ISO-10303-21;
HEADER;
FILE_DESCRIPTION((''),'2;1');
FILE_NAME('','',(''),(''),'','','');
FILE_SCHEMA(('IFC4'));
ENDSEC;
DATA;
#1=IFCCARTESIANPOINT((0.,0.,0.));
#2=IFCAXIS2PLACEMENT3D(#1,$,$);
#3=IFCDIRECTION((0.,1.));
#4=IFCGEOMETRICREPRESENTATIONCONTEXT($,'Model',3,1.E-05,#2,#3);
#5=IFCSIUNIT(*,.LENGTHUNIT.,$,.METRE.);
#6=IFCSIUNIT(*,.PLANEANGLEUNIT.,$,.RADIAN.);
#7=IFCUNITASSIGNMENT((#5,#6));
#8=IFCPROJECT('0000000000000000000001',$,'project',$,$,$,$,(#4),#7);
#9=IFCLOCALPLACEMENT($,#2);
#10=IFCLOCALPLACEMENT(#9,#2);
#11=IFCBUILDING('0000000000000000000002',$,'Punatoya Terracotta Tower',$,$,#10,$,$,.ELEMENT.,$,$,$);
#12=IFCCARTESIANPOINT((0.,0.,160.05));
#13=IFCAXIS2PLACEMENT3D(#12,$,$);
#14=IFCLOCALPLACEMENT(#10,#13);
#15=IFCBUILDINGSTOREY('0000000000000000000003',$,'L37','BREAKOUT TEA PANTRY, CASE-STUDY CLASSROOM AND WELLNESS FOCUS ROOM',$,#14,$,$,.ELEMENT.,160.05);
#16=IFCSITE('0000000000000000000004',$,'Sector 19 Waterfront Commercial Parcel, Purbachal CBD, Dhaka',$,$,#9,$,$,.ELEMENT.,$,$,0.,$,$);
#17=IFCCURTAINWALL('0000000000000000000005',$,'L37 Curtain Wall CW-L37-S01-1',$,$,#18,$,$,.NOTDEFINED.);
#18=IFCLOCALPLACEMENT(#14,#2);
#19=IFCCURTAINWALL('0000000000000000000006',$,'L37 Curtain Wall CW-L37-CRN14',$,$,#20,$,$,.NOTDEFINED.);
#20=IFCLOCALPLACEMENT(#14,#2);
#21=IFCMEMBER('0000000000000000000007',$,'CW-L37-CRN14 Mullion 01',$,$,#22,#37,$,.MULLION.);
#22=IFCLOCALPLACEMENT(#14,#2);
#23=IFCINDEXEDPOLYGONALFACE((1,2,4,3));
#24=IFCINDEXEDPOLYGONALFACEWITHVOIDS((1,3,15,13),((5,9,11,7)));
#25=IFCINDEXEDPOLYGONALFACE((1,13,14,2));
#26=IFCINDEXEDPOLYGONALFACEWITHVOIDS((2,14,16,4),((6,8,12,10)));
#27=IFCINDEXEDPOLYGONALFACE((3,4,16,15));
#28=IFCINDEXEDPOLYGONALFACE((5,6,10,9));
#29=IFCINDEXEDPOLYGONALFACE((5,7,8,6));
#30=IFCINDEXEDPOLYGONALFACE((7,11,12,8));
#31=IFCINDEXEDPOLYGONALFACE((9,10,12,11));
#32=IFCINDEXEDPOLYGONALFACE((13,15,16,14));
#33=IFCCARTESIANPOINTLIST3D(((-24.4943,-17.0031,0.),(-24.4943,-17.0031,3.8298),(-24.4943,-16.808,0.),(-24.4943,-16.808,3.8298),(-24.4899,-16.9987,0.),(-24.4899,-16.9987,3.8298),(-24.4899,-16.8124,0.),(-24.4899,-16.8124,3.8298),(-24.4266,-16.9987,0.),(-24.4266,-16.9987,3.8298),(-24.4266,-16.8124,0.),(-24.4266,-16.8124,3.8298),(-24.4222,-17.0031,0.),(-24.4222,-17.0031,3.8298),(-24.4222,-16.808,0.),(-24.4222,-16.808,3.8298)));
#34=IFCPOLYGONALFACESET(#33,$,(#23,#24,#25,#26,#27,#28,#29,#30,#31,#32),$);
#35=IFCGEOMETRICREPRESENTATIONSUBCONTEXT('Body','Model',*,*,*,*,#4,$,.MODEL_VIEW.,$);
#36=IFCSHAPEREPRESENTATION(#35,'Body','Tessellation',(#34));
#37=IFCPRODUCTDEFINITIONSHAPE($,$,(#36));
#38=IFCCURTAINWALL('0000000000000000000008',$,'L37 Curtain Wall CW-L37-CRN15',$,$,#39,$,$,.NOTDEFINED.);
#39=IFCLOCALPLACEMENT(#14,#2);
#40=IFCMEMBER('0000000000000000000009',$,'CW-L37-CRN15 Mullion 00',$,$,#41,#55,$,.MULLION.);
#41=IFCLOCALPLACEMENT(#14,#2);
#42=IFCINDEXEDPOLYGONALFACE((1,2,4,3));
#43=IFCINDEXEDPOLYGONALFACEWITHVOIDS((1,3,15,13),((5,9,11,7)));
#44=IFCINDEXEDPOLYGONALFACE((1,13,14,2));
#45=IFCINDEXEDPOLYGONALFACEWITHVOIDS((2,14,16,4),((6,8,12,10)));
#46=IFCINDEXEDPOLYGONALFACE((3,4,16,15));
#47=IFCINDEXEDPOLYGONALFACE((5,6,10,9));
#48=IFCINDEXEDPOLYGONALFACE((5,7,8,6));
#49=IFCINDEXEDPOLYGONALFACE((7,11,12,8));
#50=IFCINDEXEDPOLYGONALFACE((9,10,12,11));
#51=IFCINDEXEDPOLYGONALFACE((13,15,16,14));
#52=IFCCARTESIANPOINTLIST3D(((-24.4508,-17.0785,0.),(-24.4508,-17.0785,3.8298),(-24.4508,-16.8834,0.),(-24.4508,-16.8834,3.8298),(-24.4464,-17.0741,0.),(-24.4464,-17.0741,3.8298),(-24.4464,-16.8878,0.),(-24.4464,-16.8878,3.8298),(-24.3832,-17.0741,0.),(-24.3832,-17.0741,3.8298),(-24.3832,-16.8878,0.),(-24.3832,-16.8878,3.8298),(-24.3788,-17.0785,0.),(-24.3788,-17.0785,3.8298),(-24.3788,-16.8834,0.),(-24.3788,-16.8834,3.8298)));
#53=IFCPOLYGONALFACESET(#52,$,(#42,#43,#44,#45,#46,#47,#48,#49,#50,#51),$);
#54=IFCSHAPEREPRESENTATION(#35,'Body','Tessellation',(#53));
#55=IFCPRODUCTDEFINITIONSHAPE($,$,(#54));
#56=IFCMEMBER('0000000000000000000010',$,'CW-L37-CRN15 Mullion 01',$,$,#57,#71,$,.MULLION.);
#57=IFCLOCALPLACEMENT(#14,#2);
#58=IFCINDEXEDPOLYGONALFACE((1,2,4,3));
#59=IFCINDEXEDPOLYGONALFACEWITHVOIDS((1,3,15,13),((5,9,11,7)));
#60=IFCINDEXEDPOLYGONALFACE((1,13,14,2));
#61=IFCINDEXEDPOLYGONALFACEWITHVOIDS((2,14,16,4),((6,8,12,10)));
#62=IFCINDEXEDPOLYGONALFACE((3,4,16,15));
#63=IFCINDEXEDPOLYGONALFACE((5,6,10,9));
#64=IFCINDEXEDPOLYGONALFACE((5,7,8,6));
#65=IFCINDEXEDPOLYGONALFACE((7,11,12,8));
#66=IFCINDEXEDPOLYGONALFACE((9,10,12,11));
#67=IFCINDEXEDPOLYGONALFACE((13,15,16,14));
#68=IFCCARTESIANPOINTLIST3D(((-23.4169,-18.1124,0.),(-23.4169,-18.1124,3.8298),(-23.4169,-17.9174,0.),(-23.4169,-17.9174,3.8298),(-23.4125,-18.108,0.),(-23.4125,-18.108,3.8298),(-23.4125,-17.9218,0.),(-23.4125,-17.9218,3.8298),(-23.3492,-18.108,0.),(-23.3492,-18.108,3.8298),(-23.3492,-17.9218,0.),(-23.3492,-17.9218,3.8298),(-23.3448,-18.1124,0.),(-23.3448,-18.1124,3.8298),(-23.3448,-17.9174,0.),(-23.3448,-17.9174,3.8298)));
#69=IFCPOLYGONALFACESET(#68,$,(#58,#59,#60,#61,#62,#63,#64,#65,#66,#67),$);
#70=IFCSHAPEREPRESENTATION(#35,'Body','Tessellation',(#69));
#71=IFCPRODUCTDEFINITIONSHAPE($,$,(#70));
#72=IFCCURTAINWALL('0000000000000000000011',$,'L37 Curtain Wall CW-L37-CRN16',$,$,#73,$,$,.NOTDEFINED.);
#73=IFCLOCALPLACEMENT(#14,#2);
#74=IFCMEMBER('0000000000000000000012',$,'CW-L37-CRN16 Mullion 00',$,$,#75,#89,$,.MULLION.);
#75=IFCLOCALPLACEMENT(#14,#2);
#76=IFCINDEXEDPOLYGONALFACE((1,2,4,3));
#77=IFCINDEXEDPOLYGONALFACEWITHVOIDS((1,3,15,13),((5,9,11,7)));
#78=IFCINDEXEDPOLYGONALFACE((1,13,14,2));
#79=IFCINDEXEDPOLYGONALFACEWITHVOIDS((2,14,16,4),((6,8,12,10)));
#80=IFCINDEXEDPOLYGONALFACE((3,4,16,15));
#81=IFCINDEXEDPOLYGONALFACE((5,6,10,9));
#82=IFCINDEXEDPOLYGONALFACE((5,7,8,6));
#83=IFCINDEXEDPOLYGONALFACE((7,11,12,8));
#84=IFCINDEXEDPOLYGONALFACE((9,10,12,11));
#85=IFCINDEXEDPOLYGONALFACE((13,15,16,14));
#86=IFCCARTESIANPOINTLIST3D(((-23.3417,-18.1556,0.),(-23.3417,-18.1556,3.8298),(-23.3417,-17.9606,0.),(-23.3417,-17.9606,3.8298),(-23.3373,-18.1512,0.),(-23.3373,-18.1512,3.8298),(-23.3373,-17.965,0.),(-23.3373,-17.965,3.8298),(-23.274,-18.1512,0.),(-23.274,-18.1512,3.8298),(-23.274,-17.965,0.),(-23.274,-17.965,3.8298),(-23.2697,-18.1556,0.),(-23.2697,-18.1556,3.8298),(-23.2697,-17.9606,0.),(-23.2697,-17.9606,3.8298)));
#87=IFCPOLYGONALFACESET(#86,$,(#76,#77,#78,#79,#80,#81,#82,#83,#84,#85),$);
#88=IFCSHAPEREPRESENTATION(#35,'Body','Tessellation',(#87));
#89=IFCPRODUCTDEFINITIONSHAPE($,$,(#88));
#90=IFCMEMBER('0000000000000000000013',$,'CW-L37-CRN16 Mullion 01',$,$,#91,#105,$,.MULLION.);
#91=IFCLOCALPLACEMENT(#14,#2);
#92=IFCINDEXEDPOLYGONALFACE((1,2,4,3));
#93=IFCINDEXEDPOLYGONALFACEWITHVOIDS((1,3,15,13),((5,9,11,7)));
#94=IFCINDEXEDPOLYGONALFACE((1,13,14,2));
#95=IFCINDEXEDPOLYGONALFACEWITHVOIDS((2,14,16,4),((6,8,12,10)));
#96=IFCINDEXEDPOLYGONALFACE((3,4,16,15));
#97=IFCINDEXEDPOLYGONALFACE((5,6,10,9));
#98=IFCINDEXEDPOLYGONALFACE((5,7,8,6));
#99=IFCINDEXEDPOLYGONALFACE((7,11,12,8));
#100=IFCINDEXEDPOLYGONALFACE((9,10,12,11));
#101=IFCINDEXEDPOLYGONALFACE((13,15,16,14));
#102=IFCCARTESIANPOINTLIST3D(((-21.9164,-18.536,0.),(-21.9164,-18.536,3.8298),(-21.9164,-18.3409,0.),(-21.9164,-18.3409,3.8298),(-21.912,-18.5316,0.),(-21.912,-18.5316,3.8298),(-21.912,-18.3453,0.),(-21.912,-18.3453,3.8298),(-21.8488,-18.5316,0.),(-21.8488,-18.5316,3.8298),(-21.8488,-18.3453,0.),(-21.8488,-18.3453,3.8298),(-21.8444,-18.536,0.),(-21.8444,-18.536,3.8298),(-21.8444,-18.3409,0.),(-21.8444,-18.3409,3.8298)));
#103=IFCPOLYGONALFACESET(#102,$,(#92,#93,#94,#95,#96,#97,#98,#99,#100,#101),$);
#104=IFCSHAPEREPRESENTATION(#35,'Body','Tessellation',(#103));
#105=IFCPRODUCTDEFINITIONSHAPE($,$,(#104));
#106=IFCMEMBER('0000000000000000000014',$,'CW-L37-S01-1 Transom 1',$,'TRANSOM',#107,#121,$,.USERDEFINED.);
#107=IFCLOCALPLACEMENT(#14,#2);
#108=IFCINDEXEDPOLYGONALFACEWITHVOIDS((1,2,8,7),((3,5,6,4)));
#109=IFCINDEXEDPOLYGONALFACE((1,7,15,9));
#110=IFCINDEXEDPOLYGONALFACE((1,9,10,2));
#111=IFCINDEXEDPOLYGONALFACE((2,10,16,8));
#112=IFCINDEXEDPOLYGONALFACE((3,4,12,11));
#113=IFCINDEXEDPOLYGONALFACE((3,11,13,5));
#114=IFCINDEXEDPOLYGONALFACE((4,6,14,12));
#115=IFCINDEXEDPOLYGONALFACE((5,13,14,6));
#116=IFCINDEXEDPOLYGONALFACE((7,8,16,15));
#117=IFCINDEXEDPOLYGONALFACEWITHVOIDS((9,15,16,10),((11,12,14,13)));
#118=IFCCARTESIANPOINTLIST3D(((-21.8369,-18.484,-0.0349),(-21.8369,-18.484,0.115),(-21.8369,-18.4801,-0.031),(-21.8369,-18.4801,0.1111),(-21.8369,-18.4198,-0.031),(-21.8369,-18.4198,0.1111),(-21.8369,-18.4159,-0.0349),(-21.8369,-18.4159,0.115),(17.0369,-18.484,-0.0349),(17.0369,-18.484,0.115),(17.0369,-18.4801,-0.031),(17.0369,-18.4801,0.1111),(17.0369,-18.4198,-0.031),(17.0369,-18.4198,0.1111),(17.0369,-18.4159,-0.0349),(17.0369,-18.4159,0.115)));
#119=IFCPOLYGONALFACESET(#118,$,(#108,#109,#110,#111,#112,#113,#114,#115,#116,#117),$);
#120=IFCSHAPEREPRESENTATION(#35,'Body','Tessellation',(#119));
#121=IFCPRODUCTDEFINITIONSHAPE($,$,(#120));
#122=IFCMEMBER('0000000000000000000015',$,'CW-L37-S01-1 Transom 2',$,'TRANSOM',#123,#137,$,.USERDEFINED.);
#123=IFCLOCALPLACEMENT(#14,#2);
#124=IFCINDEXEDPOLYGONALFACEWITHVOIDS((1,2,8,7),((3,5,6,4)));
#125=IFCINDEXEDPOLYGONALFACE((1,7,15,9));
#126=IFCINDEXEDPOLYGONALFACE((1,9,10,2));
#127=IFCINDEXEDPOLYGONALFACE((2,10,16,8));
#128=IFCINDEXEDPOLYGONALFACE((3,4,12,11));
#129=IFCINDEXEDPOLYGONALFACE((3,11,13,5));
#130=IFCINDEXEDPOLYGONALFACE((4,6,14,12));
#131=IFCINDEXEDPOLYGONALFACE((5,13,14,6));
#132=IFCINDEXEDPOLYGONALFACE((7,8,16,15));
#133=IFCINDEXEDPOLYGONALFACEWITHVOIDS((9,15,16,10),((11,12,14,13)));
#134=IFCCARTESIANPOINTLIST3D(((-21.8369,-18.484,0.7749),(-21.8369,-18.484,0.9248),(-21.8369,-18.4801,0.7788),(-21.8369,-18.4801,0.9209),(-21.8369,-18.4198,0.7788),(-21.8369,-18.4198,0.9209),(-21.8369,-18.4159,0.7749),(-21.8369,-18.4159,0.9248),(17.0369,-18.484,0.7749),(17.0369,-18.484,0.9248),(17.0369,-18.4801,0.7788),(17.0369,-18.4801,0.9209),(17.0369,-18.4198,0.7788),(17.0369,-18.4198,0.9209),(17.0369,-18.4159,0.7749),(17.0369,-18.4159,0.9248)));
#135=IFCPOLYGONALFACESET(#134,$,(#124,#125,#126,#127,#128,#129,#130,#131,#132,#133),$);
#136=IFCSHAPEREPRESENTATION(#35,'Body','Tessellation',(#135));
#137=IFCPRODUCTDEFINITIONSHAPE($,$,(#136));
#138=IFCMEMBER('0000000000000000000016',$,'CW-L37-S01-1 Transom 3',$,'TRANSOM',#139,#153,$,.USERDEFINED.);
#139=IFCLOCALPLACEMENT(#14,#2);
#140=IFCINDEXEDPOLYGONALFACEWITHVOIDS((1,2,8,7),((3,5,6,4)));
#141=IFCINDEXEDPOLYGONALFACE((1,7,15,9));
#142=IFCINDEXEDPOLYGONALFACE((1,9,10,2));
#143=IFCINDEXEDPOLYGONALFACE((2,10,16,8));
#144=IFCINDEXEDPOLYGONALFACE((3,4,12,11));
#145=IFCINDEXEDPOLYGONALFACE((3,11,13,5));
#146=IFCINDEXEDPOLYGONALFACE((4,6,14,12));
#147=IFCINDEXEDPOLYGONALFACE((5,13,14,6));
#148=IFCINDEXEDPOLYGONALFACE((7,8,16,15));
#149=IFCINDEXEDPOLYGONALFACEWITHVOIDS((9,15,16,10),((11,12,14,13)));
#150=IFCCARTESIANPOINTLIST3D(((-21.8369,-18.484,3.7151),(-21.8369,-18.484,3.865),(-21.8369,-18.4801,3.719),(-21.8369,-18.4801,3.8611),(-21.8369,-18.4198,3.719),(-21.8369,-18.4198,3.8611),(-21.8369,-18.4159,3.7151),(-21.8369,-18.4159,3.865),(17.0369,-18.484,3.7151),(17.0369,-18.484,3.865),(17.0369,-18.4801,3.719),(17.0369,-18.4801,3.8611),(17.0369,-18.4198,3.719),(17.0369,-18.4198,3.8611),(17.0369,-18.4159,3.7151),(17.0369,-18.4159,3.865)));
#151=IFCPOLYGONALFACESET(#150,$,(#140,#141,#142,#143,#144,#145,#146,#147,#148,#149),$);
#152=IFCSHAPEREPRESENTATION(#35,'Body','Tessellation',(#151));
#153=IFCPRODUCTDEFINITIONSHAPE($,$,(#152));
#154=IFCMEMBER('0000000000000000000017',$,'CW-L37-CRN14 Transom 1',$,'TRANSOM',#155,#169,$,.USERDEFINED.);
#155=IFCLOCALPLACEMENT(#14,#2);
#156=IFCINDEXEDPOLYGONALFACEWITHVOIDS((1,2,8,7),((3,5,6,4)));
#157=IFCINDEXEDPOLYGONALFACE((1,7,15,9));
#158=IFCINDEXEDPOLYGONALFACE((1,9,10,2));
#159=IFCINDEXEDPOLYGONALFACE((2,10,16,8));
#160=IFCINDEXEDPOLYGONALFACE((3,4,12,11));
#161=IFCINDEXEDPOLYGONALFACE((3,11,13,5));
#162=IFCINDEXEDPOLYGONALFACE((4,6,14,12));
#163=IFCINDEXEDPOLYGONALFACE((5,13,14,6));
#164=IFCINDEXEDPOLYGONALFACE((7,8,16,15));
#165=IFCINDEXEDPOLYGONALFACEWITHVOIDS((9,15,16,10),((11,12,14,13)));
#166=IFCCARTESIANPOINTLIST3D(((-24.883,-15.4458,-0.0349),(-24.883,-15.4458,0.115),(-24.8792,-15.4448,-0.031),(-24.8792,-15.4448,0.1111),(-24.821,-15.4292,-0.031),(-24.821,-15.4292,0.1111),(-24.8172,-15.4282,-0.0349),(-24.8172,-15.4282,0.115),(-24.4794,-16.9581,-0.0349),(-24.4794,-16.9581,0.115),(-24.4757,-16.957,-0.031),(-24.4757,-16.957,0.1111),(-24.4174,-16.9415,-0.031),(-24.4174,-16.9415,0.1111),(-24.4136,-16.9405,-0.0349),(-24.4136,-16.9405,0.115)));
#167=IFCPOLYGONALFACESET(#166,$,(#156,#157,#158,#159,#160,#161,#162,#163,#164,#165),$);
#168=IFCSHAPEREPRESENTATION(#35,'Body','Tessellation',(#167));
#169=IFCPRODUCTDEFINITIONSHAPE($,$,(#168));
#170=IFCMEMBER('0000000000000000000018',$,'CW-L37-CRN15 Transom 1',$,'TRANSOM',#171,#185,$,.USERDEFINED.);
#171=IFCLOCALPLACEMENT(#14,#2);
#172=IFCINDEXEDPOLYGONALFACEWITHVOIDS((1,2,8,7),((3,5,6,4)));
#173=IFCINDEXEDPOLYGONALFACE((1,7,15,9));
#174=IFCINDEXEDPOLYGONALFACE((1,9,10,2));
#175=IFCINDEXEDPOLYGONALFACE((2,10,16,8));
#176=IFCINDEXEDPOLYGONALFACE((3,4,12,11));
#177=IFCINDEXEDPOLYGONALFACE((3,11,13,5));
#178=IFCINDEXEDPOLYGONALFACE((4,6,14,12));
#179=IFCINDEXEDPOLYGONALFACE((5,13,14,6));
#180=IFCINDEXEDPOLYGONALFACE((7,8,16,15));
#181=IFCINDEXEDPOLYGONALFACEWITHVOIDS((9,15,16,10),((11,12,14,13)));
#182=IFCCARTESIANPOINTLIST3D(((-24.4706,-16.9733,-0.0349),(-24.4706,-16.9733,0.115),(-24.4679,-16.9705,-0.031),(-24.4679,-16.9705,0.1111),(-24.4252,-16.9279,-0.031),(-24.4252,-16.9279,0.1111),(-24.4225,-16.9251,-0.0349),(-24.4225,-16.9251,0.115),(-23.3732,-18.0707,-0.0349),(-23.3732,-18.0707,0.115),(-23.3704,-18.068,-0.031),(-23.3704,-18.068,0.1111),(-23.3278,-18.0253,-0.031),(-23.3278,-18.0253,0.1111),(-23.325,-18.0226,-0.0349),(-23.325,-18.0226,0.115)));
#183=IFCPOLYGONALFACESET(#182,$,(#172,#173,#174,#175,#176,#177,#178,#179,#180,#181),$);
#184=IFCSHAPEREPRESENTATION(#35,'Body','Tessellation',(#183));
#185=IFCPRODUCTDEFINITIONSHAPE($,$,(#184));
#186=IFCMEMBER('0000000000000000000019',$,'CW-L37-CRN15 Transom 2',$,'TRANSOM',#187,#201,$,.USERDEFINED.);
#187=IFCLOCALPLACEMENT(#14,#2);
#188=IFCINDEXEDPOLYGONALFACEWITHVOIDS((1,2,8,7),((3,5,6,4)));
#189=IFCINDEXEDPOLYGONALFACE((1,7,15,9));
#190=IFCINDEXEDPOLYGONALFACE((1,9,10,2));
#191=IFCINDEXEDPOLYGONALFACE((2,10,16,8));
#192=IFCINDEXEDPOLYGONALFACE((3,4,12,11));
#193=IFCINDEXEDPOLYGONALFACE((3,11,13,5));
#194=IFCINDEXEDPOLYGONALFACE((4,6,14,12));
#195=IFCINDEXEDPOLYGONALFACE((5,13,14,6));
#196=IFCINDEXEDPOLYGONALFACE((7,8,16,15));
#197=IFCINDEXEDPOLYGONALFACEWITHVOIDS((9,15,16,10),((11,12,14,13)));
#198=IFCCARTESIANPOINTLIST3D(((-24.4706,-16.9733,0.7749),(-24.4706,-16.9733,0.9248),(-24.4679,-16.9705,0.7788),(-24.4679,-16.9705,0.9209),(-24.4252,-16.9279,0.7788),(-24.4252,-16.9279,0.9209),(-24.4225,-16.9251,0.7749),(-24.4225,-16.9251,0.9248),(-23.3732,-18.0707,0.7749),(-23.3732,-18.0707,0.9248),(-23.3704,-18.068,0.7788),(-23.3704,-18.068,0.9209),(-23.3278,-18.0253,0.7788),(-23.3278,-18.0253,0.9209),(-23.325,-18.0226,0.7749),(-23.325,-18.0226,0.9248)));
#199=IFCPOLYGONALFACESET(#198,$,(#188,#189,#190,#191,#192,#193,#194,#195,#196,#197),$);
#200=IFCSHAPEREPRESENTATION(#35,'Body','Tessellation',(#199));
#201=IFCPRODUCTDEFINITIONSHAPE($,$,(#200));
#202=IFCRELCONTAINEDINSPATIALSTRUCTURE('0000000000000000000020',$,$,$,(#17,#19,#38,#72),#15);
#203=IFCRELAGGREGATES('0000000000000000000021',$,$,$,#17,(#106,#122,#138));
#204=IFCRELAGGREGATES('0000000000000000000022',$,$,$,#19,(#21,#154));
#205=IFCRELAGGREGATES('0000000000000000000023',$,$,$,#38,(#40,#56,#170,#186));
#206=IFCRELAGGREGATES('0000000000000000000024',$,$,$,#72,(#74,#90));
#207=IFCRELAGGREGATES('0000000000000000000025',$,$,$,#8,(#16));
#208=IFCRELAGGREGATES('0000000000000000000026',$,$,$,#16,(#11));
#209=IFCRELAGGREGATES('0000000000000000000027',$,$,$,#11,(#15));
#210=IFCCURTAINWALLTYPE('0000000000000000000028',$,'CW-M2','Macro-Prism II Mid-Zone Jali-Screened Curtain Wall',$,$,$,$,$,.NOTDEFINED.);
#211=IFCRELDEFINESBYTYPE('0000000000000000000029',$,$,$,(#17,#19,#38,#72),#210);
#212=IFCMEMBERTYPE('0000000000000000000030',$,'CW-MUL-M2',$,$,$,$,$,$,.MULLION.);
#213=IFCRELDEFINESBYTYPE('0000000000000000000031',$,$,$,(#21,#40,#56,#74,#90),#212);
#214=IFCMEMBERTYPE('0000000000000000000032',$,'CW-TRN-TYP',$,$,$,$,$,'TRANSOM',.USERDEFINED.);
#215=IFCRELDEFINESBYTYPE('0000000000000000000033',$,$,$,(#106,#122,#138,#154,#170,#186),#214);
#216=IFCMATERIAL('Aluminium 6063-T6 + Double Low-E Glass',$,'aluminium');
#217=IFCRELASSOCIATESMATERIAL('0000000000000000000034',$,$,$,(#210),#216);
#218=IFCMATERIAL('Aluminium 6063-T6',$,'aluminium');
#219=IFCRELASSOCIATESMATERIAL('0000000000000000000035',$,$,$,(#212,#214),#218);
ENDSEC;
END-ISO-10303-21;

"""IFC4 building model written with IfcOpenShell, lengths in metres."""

from ifc_helpers import new_model, si_unit, direction, frame, origin, origin_2d, place, context, subcontext, project, spatial, hollow_rectangle, extrude, material, material_profile, profile_set, type_object, element, aggregate, save


model = new_model("IFC4")

# Units and contexts
model_context = context("Model", 3, precision=1e-05, world=origin(), true_north=direction((0.0, 1.0)))
body_context = subcontext(model_context, "Body", "Model", "MODEL_VIEW")
ifc_project = project(units=[si_unit("LENGTHUNIT", "METRE"), si_unit("PLANEANGLEUNIT", "RADIAN")], contexts=[model_context])

# Site, building, storey
site_placement = place(None, origin())
site = spatial("IfcSite", under=ifc_project, at=site_placement, Name="Sector 19 Waterfront Commercial Parcel, Purbachal CBD, Dhaka", CompositionType="ELEMENT", RefElevation=0.0)
building_placement = place(site_placement, origin())
building = spatial("IfcBuilding", under=site, at=building_placement, Name="Punatoya Terracotta Tower", CompositionType="ELEMENT")
storey_placement = place(building_placement, frame((0.0, 0.0, 160.05)))
storey = spatial("IfcBuildingStorey", under=building, at=storey_placement, Name="L37", Description="BREAKOUT TEA PANTRY, CASE-STUDY CLASSROOM AND WELLNESS FOCUS ROOM", CompositionType="ELEMENT", Elevation=160.05)

# Curtain wall
ifc_material_1 = material(Name="Aluminium 6063-T6 + Double Low-E Glass", Category="aluminium")
curtain_wall_type = type_object("IfcCurtainWallType", Name="CW-M2", Description="Macro-Prism II Mid-Zone Jali-Screened Curtain Wall", PredefinedType="NOTDEFINED", material=ifc_material_1)
curtain_wall_1_placement = place(storey_placement, origin())
curtain_wall_1 = element("IfcCurtainWall", 1, at=curtain_wall_1_placement, inside=storey, type_object=curtain_wall_type, Name="L37 Curtain Wall CW-L37-S01-1", PredefinedType="NOTDEFINED")
ifc_material_2 = material(Name="Aluminium 6063-T6", Category="aluminium")
ifc_material_profile_1 = material_profile(ifc_material_2, hollow_rectangle(XDim=0.072, YDim=0.1951, WallThickness=0.0044, at=origin_2d()))
ifc_profile_set_1 = profile_set([ifc_material_profile_1], Name="Aluminium 6063-T6")
member_type_1 = type_object("IfcMemberType", Name="CW-MUL-M2", PredefinedType="MULLION", material=ifc_profile_set_1)

# Curtain walls, members
curtain_wall_2_placement = place(storey_placement, origin())
curtain_wall_2 = element("IfcCurtainWall", 2, at=curtain_wall_2_placement, inside=storey, type_object=curtain_wall_type, Name="L37 Curtain Wall CW-L37-CRN14", PredefinedType="NOTDEFINED")
member_1_placement = place(storey_placement, frame((-24.4583, -16.9055, 0.0), z_axis=(0.0, 0.0, 1.0), x_axis=(1.0, 0.0, 0.0)))
member_1 = element("IfcMember", 3, at=member_1_placement, type_object=member_type_1, Name="CW-L37-CRN14 Mullion 01", PredefinedType="MULLION", context=body_context, shape_type="SweptSolid", body=[
    extrude(hollow_rectangle(XDim=0.072, YDim=0.1951, WallThickness=0.0044, at=origin_2d()), origin(), (0.0, 0.0, 1.0), 3.8298),
])
curtain_wall_3_placement = place(storey_placement, origin())
curtain_wall_3 = element("IfcCurtainWall", 4, at=curtain_wall_3_placement, inside=storey, type_object=curtain_wall_type, Name="L37 Curtain Wall CW-L37-CRN15", PredefinedType="NOTDEFINED")
member_2_placement = place(storey_placement, frame((-24.4148, -16.981, 0.0), z_axis=(0.0, 0.0, 1.0), x_axis=(1.0, 0.0, 0.0)))
member_2 = element("IfcMember", 5, at=member_2_placement, type_object=member_type_1, Name="CW-L37-CRN15 Mullion 00", PredefinedType="MULLION", context=body_context, shape_type="SweptSolid", body=[
    extrude(hollow_rectangle(XDim=0.072, YDim=0.1951, WallThickness=0.0044, at=origin_2d()), origin(), (0.0, 0.0, 1.0), 3.8298),
])
member_3_placement = place(storey_placement, frame((-23.3809, -18.0149, 0.0), z_axis=(0.0, 0.0, 1.0), x_axis=(1.0, 0.0, 0.0)))
member_3 = element("IfcMember", 6, at=member_3_placement, type_object=member_type_1, Name="CW-L37-CRN15 Mullion 01", PredefinedType="MULLION", context=body_context, shape_type="SweptSolid", body=[
    extrude(hollow_rectangle(XDim=0.072, YDim=0.1951, WallThickness=0.0044, at=origin_2d()), origin(), (0.0, 0.0, 1.0), 3.8298),
])
curtain_wall_4_placement = place(storey_placement, origin())
curtain_wall_4 = element("IfcCurtainWall", 7, at=curtain_wall_4_placement, inside=storey, type_object=curtain_wall_type, Name="L37 Curtain Wall CW-L37-CRN16", PredefinedType="NOTDEFINED")
member_4_placement = place(storey_placement, frame((-23.3057, -18.0581, 0.0), z_axis=(0.0, 0.0, 1.0), x_axis=(1.0, 0.0, 0.0)))
member_4 = element("IfcMember", 8, at=member_4_placement, type_object=member_type_1, Name="CW-L37-CRN16 Mullion 00", PredefinedType="MULLION", context=body_context, shape_type="SweptSolid", body=[
    extrude(hollow_rectangle(XDim=0.072, YDim=0.1951, WallThickness=0.0044, at=origin_2d()), origin(), (0.0, 0.0, 1.0), 3.8298),
])
member_5_placement = place(storey_placement, frame((-21.8804, -18.4385, 0.0), z_axis=(0.0, 0.0, 1.0), x_axis=(1.0, 0.0, 0.0)))
member_5 = element("IfcMember", 9, at=member_5_placement, type_object=member_type_1, Name="CW-L37-CRN16 Mullion 01", PredefinedType="MULLION", context=body_context, shape_type="SweptSolid", body=[
    extrude(hollow_rectangle(XDim=0.072, YDim=0.1951, WallThickness=0.0044, at=origin_2d()), origin(), (0.0, 0.0, 1.0), 3.8298),
])

# Members
ifc_material_profile_2 = material_profile(ifc_material_2, hollow_rectangle(XDim=0.0681, YDim=0.1499, WallThickness=0.0039, at=origin_2d()))
ifc_profile_set_2 = profile_set([ifc_material_profile_2], Name="Aluminium 6063-T6")
member_type_2 = type_object("IfcMemberType", Name="CW-TRN-TYP", ElementType="TRANSOM", PredefinedType="USERDEFINED", material=ifc_profile_set_2)
member_6_placement = place(storey_placement, frame((-21.8369, -18.45, 0.04), z_axis=(1.0, 0.0, 0.0), x_axis=(0.0, 1.0, 0.0)))
member_6 = element("IfcMember", 10, at=member_6_placement, type_object=member_type_2, Name="CW-L37-S01-1 Transom 1", ObjectType="TRANSOM", PredefinedType="USERDEFINED", context=body_context, shape_type="SweptSolid", body=[
    extrude(hollow_rectangle(XDim=0.0681, YDim=0.1499, WallThickness=0.0039, at=origin_2d()), origin(), (0.0, 0.0, 1.0), 38.8738),
])
member_7_placement = place(storey_placement, frame((-21.8369, -18.45, 0.8499), z_axis=(1.0, 0.0, 0.0), x_axis=(0.0, 1.0, 0.0)))
member_7 = element("IfcMember", 11, at=member_7_placement, type_object=member_type_2, Name="CW-L37-S01-1 Transom 2", ObjectType="TRANSOM", PredefinedType="USERDEFINED", context=body_context, shape_type="SweptSolid", body=[
    extrude(hollow_rectangle(XDim=0.0681, YDim=0.1499, WallThickness=0.0039, at=origin_2d()), origin(), (0.0, 0.0, 1.0), 38.8738),
])
member_8_placement = place(storey_placement, frame((-21.8369, -18.45, 3.79), z_axis=(1.0, 0.0, 0.0), x_axis=(0.0, 1.0, 0.0)))
member_8 = element("IfcMember", 12, at=member_8_placement, type_object=member_type_2, Name="CW-L37-S01-1 Transom 3", ObjectType="TRANSOM", PredefinedType="USERDEFINED", context=body_context, shape_type="SweptSolid", body=[
    extrude(hollow_rectangle(XDim=0.0681, YDim=0.1499, WallThickness=0.0039, at=origin_2d()), origin(), (0.0, 0.0, 1.0), 38.8738),
])
aggregate(curtain_wall_1, [member_6, member_7, member_8])
member_9_placement = place(storey_placement, frame((-24.8501, -15.437, 0.04), z_axis=(0.257847, -0.966186, 0.0), x_axis=(0.966186, 0.257847, 0.0)))
member_9 = element("IfcMember", 13, at=member_9_placement, type_object=member_type_2, Name="CW-L37-CRN14 Transom 1", ObjectType="TRANSOM", PredefinedType="USERDEFINED", context=body_context, shape_type="SweptSolid", body=[
    extrude(hollow_rectangle(XDim=0.0681, YDim=0.1499, WallThickness=0.0039, at=origin_2d()), origin(), (0.0, 0.0, 1.0), 1.5652),
])
member_10_placement = place(storey_placement, frame((-24.4465, -16.9492, 0.04), z_axis=(0.707107, -0.707107, 0.0), x_axis=(0.707107, 0.707107, 0.0)))
member_10 = element("IfcMember", 14, at=member_10_placement, type_object=member_type_2, Name="CW-L37-CRN15 Transom 1", ObjectType="TRANSOM", PredefinedType="USERDEFINED", context=body_context, shape_type="SweptSolid", body=[
    extrude(hollow_rectangle(XDim=0.0681, YDim=0.1499, WallThickness=0.0039, at=origin_2d()), origin(), (0.0, 0.0, 1.0), 1.552),
])
member_11_placement = place(storey_placement, frame((-24.4465, -16.9492, 0.8499), z_axis=(0.707107, -0.707107, 0.0), x_axis=(0.707107, 0.707107, 0.0)))
member_11 = element("IfcMember", 15, at=member_11_placement, type_object=member_type_2, Name="CW-L37-CRN15 Transom 2", ObjectType="TRANSOM", PredefinedType="USERDEFINED", context=body_context, shape_type="SweptSolid", body=[
    extrude(hollow_rectangle(XDim=0.0681, YDim=0.1499, WallThickness=0.0039, at=origin_2d()), origin(), (0.0, 0.0, 1.0), 1.552),
])

aggregate(curtain_wall_2, [member_1, member_9])
aggregate(curtain_wall_3, [member_2, member_3, member_10, member_11])
aggregate(curtain_wall_4, [member_4, member_5])

save(model, "model.ifc")
